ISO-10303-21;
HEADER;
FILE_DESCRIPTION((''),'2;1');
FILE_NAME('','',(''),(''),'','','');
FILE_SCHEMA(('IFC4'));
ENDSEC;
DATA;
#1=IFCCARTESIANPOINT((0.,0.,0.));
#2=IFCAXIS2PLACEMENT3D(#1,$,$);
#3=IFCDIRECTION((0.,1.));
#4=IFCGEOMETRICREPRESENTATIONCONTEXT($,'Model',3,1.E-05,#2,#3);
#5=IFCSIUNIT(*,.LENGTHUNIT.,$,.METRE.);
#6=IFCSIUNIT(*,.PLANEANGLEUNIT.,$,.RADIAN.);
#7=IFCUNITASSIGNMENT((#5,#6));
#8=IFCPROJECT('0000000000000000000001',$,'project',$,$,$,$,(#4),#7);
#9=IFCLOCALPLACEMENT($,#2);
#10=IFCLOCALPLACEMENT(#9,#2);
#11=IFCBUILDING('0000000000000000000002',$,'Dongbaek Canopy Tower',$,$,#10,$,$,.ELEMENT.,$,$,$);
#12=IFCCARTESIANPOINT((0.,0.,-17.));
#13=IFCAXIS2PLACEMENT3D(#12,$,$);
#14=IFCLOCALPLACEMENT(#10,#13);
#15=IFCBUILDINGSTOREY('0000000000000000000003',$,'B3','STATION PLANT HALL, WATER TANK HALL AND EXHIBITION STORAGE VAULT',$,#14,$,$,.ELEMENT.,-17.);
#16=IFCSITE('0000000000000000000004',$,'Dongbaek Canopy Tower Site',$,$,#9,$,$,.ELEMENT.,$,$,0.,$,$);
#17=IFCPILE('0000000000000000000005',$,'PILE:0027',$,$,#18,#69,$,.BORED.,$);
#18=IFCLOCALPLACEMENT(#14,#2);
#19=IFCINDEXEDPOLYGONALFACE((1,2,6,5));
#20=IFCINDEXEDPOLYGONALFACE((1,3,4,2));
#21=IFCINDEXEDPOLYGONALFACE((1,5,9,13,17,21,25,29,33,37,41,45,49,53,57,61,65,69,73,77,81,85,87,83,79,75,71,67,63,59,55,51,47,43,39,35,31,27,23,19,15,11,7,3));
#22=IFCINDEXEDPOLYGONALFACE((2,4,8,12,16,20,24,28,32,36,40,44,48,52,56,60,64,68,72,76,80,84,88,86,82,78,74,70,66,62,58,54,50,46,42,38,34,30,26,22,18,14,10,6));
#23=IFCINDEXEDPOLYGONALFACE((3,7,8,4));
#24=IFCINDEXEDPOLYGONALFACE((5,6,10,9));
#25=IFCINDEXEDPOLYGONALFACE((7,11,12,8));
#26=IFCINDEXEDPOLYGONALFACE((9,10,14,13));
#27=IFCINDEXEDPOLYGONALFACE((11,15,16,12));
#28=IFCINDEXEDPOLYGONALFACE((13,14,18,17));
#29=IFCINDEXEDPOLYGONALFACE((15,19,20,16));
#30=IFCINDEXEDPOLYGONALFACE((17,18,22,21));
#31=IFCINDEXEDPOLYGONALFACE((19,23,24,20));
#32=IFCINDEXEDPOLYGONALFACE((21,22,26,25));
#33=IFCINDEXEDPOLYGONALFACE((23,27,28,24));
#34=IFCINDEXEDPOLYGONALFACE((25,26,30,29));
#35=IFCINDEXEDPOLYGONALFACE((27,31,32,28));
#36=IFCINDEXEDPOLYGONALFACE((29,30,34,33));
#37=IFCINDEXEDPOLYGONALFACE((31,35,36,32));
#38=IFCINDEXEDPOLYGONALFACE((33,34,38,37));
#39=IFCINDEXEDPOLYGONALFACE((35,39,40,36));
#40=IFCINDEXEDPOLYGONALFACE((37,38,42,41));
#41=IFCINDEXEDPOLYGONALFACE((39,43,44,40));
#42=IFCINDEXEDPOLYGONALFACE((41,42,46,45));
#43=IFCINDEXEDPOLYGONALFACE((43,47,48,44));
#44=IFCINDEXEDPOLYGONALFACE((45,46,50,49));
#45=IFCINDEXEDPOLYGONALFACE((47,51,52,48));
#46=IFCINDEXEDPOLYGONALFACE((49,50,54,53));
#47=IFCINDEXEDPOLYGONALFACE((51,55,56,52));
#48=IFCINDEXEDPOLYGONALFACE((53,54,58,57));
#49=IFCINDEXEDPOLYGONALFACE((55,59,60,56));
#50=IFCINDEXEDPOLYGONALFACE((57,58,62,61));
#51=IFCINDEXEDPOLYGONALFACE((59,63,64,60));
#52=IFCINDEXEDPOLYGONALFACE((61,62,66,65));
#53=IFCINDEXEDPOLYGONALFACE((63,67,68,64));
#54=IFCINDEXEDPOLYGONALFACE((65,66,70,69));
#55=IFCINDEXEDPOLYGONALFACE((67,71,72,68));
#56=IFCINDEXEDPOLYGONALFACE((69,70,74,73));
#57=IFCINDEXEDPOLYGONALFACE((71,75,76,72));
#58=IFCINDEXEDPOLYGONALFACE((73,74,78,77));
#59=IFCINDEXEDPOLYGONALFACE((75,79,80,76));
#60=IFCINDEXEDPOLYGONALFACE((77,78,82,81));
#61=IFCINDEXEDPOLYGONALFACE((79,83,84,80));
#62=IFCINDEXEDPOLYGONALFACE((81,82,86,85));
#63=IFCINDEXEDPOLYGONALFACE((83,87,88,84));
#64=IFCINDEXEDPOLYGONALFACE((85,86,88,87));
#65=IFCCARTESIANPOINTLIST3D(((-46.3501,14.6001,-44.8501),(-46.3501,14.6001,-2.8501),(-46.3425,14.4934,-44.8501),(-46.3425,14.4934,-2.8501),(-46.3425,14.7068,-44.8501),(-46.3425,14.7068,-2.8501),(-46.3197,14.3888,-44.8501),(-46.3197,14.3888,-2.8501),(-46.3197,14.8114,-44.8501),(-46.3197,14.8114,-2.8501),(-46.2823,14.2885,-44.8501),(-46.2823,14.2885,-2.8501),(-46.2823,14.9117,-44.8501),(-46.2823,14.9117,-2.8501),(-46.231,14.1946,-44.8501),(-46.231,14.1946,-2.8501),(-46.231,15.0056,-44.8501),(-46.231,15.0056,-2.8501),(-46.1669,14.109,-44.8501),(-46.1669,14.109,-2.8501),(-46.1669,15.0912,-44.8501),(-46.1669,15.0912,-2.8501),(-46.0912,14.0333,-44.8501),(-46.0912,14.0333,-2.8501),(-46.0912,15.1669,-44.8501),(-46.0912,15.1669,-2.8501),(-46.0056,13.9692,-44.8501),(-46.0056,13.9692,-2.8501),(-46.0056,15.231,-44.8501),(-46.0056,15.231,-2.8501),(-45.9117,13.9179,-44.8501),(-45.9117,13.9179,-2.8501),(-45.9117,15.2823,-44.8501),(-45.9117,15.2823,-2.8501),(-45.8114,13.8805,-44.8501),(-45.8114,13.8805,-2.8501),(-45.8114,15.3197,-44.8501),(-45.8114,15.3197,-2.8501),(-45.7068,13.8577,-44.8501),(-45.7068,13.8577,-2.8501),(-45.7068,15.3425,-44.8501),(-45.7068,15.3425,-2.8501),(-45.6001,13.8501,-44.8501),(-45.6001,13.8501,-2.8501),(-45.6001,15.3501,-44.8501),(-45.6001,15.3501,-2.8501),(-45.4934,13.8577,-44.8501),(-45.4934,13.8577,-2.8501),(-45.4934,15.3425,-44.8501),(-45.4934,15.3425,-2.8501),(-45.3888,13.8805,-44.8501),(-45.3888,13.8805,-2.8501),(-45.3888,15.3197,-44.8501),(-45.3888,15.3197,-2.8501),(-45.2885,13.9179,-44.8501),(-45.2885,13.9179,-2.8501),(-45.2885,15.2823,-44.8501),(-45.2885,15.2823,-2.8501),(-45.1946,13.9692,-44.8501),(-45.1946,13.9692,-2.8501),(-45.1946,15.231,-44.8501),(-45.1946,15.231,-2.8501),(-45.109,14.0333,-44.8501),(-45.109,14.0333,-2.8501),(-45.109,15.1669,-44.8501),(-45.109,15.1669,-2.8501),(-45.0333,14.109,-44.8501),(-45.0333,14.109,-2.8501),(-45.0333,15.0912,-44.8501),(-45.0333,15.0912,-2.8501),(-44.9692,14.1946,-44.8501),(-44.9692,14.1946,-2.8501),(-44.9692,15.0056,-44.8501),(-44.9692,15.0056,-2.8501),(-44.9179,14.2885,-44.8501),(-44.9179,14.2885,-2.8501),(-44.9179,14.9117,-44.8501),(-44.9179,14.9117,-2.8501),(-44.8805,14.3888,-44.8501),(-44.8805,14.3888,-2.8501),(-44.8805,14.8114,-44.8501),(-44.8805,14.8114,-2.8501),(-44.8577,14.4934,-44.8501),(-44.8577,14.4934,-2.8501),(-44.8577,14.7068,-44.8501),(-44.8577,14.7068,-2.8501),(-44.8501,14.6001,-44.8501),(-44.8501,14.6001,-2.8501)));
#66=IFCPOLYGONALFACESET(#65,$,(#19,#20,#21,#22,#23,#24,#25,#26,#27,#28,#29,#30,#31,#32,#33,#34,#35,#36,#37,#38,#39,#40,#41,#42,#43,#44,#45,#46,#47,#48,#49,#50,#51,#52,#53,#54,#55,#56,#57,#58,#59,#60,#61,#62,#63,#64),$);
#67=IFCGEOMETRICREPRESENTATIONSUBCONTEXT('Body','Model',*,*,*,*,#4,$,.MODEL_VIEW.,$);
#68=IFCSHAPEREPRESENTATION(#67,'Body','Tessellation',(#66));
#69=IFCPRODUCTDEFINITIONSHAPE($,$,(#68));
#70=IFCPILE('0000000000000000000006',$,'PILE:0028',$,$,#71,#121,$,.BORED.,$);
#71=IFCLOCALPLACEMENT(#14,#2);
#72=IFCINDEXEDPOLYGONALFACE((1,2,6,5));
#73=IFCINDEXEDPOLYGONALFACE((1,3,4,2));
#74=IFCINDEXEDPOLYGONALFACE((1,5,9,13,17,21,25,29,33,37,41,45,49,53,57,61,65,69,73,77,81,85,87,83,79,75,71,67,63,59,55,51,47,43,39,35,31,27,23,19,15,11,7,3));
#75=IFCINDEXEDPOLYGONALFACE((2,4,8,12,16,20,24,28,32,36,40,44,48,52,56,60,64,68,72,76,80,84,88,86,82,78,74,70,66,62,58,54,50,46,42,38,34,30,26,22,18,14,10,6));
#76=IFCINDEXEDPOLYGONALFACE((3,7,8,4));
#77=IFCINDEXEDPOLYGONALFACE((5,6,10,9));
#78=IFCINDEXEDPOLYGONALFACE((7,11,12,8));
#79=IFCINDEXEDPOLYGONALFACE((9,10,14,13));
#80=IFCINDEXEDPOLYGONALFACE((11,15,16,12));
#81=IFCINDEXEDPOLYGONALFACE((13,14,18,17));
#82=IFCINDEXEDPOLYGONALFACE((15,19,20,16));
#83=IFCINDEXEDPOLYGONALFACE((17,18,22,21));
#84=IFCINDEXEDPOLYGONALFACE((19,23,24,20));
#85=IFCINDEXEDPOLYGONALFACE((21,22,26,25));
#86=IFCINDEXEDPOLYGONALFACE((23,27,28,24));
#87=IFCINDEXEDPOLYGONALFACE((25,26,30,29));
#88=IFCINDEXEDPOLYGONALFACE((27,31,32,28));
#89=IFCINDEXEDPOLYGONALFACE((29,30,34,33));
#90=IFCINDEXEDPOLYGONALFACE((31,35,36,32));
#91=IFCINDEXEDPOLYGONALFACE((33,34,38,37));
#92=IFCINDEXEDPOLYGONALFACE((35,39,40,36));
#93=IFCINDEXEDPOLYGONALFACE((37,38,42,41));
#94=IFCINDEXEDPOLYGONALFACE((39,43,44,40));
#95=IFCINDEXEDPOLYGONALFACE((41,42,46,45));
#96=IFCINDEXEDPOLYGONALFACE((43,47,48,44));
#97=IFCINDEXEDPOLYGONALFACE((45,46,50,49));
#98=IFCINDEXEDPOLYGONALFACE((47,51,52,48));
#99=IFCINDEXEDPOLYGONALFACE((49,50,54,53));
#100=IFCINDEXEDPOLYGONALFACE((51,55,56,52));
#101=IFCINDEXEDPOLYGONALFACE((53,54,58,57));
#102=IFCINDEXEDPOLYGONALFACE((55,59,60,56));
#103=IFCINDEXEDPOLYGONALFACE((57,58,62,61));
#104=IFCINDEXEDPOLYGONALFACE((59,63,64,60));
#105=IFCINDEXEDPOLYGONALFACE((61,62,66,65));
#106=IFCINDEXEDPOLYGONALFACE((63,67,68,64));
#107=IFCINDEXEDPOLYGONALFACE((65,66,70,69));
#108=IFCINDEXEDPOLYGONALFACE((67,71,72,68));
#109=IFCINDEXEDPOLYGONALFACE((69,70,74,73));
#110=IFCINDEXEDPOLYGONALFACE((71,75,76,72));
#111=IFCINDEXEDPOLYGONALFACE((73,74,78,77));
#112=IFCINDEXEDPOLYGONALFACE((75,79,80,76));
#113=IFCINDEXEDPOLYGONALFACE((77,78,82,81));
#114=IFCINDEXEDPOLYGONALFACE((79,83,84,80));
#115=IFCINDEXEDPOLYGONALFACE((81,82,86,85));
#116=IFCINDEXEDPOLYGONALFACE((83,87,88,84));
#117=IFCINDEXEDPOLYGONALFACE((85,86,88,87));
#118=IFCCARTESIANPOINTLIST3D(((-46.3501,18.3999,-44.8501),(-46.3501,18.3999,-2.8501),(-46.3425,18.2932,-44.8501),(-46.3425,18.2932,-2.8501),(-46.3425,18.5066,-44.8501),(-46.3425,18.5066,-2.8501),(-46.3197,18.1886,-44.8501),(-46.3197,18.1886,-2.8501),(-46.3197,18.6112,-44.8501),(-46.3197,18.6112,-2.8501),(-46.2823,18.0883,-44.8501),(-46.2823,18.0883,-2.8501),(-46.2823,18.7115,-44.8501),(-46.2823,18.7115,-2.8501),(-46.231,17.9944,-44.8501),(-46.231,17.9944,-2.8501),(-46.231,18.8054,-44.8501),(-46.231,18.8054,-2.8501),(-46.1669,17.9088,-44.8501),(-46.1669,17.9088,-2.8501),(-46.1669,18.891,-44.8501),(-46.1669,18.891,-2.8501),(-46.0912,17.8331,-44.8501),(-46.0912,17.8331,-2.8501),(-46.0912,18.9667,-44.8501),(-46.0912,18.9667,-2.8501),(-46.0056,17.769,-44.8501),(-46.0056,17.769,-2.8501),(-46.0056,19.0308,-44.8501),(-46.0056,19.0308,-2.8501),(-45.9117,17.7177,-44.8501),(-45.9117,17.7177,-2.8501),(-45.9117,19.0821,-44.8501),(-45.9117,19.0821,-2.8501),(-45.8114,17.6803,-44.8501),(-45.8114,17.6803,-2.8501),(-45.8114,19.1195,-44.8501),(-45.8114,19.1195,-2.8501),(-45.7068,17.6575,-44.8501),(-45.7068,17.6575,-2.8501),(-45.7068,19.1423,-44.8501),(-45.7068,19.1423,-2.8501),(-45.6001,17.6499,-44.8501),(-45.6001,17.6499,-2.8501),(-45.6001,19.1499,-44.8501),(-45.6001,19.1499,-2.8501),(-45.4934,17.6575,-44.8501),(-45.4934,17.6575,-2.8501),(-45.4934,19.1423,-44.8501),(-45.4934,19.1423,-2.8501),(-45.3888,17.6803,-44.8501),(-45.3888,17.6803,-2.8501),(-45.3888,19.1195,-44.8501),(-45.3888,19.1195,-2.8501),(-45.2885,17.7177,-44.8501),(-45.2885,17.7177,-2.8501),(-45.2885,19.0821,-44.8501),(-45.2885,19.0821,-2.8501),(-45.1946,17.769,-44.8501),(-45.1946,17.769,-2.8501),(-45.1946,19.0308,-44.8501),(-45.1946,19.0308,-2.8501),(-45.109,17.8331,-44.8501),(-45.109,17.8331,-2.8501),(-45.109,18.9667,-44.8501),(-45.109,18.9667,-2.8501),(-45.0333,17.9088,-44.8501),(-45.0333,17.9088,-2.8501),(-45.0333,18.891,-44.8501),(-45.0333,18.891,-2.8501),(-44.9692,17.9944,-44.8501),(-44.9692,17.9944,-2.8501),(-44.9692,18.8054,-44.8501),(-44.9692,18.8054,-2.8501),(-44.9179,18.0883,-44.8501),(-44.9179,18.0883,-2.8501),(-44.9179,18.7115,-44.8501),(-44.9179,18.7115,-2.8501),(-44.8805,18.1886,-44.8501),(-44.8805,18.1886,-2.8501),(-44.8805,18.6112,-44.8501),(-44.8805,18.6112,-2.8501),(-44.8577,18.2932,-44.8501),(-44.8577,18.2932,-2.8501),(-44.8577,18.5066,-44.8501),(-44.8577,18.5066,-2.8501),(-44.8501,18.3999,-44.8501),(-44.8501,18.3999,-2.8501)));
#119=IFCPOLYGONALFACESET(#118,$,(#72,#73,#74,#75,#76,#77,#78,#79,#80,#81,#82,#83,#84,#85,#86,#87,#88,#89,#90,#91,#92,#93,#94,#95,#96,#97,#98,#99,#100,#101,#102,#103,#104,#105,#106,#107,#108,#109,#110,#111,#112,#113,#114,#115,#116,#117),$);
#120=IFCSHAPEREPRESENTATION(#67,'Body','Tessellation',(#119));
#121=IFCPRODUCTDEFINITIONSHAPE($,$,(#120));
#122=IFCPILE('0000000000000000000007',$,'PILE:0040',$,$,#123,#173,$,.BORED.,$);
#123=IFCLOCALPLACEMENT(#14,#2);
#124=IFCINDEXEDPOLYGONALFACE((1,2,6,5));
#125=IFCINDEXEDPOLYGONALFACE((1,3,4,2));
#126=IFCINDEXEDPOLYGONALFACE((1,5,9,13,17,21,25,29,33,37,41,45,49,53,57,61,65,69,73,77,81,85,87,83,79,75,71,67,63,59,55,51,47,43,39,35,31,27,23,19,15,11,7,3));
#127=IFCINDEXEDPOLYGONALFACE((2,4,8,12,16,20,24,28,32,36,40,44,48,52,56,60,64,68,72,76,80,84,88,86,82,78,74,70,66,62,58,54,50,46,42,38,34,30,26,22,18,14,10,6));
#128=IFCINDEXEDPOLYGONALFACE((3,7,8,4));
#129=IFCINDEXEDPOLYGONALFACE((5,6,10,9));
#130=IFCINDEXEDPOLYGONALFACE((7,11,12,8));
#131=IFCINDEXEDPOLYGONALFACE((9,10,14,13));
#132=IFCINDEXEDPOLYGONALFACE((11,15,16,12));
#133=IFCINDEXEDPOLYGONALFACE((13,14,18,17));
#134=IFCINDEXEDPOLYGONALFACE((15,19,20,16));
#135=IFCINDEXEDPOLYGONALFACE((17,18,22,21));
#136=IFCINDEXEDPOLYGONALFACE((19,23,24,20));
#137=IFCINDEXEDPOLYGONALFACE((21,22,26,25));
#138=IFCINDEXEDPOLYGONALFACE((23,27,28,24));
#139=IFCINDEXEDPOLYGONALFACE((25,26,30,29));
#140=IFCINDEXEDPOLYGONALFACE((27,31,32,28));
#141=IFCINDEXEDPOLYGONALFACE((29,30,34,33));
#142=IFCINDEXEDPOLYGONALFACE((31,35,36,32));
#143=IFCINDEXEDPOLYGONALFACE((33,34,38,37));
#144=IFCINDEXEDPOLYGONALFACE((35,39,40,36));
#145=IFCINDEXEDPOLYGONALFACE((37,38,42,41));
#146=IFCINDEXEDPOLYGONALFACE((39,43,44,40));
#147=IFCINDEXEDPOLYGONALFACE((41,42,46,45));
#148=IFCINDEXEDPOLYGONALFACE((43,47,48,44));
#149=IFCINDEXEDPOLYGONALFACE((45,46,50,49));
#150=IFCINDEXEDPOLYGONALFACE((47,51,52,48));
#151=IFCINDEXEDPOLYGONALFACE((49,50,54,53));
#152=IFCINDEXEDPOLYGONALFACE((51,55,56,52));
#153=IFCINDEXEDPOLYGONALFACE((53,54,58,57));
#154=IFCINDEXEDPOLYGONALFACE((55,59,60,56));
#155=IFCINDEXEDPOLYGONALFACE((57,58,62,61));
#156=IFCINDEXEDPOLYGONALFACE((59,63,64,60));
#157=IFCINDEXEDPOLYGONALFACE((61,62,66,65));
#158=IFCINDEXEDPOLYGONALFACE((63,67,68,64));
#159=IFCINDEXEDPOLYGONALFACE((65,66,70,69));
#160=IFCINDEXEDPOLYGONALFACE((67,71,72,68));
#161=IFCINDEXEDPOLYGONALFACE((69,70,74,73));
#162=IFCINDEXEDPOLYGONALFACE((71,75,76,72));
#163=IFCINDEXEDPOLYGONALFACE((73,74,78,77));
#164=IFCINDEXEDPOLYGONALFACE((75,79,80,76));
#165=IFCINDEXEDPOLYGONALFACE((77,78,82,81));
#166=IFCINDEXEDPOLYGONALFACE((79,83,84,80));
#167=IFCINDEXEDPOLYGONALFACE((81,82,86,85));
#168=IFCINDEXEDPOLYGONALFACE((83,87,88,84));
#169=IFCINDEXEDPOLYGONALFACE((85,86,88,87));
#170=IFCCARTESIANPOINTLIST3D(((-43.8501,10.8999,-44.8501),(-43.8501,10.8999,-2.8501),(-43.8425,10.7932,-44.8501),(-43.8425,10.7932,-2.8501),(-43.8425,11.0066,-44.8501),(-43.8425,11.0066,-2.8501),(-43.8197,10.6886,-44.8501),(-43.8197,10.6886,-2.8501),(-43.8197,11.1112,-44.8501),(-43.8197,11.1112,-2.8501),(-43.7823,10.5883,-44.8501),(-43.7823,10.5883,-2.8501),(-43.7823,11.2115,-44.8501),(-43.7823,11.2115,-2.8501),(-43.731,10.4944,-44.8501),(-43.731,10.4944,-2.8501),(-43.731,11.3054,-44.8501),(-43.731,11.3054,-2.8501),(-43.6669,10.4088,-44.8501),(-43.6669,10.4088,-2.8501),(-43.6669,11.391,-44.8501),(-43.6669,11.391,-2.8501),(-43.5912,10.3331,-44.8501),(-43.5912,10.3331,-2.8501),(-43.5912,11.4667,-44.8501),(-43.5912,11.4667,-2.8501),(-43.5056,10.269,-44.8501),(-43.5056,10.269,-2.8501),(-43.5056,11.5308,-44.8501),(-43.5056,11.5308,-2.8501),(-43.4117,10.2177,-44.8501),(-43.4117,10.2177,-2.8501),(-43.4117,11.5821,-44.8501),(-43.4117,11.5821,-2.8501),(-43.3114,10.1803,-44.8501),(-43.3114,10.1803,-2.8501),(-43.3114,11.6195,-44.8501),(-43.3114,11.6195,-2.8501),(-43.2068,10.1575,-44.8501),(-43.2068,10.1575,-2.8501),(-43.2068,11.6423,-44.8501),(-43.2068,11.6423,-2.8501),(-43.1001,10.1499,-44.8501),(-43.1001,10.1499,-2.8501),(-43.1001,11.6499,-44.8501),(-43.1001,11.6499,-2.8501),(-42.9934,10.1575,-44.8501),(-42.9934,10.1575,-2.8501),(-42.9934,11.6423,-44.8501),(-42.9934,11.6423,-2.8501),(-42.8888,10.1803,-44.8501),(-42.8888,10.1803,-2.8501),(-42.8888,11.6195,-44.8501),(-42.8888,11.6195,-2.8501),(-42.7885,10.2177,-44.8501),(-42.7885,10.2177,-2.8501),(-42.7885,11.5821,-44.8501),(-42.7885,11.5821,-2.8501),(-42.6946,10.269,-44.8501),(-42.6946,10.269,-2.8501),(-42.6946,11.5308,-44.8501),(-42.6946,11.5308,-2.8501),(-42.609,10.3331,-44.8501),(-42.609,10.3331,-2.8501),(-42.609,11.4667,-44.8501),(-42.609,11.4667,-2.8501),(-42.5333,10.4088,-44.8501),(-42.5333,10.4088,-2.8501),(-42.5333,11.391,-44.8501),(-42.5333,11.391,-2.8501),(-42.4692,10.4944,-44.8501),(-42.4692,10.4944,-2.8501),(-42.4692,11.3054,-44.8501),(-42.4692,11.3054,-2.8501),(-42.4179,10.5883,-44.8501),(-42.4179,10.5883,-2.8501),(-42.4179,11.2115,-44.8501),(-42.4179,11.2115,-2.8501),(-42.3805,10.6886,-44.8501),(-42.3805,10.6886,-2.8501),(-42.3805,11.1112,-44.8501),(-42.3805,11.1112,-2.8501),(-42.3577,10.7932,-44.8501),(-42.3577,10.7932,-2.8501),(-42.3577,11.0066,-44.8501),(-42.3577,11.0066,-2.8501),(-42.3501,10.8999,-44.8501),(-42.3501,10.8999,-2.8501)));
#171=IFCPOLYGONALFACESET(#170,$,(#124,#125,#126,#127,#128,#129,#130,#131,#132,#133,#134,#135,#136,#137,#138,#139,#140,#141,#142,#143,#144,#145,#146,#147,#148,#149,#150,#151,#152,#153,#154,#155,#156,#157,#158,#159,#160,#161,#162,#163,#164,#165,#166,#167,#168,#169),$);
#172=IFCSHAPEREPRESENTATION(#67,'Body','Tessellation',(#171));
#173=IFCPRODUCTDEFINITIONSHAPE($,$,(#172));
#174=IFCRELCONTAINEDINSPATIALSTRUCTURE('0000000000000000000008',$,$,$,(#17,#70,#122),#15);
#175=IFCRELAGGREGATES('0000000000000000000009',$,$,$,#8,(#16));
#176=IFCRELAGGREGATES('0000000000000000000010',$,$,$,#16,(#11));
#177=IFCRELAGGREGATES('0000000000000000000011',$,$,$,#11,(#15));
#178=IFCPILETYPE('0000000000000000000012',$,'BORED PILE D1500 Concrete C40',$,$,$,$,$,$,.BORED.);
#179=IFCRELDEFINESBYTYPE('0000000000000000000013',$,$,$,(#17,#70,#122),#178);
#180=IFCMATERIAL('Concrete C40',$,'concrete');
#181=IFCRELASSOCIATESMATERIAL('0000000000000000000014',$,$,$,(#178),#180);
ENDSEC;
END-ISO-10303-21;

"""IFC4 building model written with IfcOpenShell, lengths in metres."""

from ifc_helpers import new_model, si_unit, direction, frame, origin, origin_2d, place, context, subcontext, project, spatial, circle, extrude, material, material_profile, profile_set, type_object, element, save


model = new_model("IFC4")

# Units and contexts
model_context = context("Model", 3, precision=1e-05, world=origin(), true_north=direction((0.0, 1.0)))
body_context = subcontext(model_context, "Body", "Model", "MODEL_VIEW")
ifc_project = project(units=[si_unit("LENGTHUNIT", "METRE"), si_unit("PLANEANGLEUNIT", "RADIAN")], contexts=[model_context])

# Site, building, storey
site_placement = place(None, origin())
site = spatial("IfcSite", under=ifc_project, at=site_placement, Name="Dongbaek Canopy Tower Site", CompositionType="ELEMENT", RefElevation=0.0)
building_placement = place(site_placement, origin())
building = spatial("IfcBuilding", under=site, at=building_placement, Name="Dongbaek Canopy Tower", CompositionType="ELEMENT")
storey_placement = place(building_placement, frame((0.0, 0.0, -17.0)))
storey = spatial("IfcBuildingStorey", under=building, at=storey_placement, Name="B3", Description="STATION PLANT HALL, WATER TANK HALL AND EXHIBITION STORAGE VAULT", CompositionType="ELEMENT", Elevation=-17.0)

# Piles
ifc_material_1 = material(Name="Concrete C40", Category="concrete")
ifc_material_profile_1 = material_profile(ifc_material_1, circle(Radius=0.75, at=origin_2d()), Name="BORED PILE D1500 Concrete C40")
ifc_profile_set_1 = profile_set([ifc_material_profile_1], Name="Concrete C40")
pile_type = type_object("IfcPileType", Name="BORED PILE D1500 Concrete C40", PredefinedType="BORED", material=ifc_profile_set_1)
for number, where, z_axis, x_axis, name in (
    (1, (-45.6001, 14.6001, -2.8501), (0.0, 0.0, -1.0), (1.0, 0.0, 0.0), "PILE:0027"),
    (2, (-45.6001, 18.3999, -2.8501), (0.0, 0.0, -1.0), (1.0, 0.0, 0.0), "PILE:0028"),
    (3, (-43.1001, 10.8999, -2.8501), (0.0, 0.0, -1.0), (1.0, 0.0, 0.0), "PILE:0040"),
):
    element("IfcPile", number, at=place(storey_placement, frame(where, z_axis=z_axis, x_axis=x_axis)), inside=storey, type_object=pile_type, Name=name, PredefinedType="BORED", context=body_context, shape_type="SweptSolid", body=[
        extrude(circle(Radius=0.75, at=origin_2d()), origin(), (0.0, 0.0, 1.0), 42.0),
    ])

save(model, "model.ifc")
